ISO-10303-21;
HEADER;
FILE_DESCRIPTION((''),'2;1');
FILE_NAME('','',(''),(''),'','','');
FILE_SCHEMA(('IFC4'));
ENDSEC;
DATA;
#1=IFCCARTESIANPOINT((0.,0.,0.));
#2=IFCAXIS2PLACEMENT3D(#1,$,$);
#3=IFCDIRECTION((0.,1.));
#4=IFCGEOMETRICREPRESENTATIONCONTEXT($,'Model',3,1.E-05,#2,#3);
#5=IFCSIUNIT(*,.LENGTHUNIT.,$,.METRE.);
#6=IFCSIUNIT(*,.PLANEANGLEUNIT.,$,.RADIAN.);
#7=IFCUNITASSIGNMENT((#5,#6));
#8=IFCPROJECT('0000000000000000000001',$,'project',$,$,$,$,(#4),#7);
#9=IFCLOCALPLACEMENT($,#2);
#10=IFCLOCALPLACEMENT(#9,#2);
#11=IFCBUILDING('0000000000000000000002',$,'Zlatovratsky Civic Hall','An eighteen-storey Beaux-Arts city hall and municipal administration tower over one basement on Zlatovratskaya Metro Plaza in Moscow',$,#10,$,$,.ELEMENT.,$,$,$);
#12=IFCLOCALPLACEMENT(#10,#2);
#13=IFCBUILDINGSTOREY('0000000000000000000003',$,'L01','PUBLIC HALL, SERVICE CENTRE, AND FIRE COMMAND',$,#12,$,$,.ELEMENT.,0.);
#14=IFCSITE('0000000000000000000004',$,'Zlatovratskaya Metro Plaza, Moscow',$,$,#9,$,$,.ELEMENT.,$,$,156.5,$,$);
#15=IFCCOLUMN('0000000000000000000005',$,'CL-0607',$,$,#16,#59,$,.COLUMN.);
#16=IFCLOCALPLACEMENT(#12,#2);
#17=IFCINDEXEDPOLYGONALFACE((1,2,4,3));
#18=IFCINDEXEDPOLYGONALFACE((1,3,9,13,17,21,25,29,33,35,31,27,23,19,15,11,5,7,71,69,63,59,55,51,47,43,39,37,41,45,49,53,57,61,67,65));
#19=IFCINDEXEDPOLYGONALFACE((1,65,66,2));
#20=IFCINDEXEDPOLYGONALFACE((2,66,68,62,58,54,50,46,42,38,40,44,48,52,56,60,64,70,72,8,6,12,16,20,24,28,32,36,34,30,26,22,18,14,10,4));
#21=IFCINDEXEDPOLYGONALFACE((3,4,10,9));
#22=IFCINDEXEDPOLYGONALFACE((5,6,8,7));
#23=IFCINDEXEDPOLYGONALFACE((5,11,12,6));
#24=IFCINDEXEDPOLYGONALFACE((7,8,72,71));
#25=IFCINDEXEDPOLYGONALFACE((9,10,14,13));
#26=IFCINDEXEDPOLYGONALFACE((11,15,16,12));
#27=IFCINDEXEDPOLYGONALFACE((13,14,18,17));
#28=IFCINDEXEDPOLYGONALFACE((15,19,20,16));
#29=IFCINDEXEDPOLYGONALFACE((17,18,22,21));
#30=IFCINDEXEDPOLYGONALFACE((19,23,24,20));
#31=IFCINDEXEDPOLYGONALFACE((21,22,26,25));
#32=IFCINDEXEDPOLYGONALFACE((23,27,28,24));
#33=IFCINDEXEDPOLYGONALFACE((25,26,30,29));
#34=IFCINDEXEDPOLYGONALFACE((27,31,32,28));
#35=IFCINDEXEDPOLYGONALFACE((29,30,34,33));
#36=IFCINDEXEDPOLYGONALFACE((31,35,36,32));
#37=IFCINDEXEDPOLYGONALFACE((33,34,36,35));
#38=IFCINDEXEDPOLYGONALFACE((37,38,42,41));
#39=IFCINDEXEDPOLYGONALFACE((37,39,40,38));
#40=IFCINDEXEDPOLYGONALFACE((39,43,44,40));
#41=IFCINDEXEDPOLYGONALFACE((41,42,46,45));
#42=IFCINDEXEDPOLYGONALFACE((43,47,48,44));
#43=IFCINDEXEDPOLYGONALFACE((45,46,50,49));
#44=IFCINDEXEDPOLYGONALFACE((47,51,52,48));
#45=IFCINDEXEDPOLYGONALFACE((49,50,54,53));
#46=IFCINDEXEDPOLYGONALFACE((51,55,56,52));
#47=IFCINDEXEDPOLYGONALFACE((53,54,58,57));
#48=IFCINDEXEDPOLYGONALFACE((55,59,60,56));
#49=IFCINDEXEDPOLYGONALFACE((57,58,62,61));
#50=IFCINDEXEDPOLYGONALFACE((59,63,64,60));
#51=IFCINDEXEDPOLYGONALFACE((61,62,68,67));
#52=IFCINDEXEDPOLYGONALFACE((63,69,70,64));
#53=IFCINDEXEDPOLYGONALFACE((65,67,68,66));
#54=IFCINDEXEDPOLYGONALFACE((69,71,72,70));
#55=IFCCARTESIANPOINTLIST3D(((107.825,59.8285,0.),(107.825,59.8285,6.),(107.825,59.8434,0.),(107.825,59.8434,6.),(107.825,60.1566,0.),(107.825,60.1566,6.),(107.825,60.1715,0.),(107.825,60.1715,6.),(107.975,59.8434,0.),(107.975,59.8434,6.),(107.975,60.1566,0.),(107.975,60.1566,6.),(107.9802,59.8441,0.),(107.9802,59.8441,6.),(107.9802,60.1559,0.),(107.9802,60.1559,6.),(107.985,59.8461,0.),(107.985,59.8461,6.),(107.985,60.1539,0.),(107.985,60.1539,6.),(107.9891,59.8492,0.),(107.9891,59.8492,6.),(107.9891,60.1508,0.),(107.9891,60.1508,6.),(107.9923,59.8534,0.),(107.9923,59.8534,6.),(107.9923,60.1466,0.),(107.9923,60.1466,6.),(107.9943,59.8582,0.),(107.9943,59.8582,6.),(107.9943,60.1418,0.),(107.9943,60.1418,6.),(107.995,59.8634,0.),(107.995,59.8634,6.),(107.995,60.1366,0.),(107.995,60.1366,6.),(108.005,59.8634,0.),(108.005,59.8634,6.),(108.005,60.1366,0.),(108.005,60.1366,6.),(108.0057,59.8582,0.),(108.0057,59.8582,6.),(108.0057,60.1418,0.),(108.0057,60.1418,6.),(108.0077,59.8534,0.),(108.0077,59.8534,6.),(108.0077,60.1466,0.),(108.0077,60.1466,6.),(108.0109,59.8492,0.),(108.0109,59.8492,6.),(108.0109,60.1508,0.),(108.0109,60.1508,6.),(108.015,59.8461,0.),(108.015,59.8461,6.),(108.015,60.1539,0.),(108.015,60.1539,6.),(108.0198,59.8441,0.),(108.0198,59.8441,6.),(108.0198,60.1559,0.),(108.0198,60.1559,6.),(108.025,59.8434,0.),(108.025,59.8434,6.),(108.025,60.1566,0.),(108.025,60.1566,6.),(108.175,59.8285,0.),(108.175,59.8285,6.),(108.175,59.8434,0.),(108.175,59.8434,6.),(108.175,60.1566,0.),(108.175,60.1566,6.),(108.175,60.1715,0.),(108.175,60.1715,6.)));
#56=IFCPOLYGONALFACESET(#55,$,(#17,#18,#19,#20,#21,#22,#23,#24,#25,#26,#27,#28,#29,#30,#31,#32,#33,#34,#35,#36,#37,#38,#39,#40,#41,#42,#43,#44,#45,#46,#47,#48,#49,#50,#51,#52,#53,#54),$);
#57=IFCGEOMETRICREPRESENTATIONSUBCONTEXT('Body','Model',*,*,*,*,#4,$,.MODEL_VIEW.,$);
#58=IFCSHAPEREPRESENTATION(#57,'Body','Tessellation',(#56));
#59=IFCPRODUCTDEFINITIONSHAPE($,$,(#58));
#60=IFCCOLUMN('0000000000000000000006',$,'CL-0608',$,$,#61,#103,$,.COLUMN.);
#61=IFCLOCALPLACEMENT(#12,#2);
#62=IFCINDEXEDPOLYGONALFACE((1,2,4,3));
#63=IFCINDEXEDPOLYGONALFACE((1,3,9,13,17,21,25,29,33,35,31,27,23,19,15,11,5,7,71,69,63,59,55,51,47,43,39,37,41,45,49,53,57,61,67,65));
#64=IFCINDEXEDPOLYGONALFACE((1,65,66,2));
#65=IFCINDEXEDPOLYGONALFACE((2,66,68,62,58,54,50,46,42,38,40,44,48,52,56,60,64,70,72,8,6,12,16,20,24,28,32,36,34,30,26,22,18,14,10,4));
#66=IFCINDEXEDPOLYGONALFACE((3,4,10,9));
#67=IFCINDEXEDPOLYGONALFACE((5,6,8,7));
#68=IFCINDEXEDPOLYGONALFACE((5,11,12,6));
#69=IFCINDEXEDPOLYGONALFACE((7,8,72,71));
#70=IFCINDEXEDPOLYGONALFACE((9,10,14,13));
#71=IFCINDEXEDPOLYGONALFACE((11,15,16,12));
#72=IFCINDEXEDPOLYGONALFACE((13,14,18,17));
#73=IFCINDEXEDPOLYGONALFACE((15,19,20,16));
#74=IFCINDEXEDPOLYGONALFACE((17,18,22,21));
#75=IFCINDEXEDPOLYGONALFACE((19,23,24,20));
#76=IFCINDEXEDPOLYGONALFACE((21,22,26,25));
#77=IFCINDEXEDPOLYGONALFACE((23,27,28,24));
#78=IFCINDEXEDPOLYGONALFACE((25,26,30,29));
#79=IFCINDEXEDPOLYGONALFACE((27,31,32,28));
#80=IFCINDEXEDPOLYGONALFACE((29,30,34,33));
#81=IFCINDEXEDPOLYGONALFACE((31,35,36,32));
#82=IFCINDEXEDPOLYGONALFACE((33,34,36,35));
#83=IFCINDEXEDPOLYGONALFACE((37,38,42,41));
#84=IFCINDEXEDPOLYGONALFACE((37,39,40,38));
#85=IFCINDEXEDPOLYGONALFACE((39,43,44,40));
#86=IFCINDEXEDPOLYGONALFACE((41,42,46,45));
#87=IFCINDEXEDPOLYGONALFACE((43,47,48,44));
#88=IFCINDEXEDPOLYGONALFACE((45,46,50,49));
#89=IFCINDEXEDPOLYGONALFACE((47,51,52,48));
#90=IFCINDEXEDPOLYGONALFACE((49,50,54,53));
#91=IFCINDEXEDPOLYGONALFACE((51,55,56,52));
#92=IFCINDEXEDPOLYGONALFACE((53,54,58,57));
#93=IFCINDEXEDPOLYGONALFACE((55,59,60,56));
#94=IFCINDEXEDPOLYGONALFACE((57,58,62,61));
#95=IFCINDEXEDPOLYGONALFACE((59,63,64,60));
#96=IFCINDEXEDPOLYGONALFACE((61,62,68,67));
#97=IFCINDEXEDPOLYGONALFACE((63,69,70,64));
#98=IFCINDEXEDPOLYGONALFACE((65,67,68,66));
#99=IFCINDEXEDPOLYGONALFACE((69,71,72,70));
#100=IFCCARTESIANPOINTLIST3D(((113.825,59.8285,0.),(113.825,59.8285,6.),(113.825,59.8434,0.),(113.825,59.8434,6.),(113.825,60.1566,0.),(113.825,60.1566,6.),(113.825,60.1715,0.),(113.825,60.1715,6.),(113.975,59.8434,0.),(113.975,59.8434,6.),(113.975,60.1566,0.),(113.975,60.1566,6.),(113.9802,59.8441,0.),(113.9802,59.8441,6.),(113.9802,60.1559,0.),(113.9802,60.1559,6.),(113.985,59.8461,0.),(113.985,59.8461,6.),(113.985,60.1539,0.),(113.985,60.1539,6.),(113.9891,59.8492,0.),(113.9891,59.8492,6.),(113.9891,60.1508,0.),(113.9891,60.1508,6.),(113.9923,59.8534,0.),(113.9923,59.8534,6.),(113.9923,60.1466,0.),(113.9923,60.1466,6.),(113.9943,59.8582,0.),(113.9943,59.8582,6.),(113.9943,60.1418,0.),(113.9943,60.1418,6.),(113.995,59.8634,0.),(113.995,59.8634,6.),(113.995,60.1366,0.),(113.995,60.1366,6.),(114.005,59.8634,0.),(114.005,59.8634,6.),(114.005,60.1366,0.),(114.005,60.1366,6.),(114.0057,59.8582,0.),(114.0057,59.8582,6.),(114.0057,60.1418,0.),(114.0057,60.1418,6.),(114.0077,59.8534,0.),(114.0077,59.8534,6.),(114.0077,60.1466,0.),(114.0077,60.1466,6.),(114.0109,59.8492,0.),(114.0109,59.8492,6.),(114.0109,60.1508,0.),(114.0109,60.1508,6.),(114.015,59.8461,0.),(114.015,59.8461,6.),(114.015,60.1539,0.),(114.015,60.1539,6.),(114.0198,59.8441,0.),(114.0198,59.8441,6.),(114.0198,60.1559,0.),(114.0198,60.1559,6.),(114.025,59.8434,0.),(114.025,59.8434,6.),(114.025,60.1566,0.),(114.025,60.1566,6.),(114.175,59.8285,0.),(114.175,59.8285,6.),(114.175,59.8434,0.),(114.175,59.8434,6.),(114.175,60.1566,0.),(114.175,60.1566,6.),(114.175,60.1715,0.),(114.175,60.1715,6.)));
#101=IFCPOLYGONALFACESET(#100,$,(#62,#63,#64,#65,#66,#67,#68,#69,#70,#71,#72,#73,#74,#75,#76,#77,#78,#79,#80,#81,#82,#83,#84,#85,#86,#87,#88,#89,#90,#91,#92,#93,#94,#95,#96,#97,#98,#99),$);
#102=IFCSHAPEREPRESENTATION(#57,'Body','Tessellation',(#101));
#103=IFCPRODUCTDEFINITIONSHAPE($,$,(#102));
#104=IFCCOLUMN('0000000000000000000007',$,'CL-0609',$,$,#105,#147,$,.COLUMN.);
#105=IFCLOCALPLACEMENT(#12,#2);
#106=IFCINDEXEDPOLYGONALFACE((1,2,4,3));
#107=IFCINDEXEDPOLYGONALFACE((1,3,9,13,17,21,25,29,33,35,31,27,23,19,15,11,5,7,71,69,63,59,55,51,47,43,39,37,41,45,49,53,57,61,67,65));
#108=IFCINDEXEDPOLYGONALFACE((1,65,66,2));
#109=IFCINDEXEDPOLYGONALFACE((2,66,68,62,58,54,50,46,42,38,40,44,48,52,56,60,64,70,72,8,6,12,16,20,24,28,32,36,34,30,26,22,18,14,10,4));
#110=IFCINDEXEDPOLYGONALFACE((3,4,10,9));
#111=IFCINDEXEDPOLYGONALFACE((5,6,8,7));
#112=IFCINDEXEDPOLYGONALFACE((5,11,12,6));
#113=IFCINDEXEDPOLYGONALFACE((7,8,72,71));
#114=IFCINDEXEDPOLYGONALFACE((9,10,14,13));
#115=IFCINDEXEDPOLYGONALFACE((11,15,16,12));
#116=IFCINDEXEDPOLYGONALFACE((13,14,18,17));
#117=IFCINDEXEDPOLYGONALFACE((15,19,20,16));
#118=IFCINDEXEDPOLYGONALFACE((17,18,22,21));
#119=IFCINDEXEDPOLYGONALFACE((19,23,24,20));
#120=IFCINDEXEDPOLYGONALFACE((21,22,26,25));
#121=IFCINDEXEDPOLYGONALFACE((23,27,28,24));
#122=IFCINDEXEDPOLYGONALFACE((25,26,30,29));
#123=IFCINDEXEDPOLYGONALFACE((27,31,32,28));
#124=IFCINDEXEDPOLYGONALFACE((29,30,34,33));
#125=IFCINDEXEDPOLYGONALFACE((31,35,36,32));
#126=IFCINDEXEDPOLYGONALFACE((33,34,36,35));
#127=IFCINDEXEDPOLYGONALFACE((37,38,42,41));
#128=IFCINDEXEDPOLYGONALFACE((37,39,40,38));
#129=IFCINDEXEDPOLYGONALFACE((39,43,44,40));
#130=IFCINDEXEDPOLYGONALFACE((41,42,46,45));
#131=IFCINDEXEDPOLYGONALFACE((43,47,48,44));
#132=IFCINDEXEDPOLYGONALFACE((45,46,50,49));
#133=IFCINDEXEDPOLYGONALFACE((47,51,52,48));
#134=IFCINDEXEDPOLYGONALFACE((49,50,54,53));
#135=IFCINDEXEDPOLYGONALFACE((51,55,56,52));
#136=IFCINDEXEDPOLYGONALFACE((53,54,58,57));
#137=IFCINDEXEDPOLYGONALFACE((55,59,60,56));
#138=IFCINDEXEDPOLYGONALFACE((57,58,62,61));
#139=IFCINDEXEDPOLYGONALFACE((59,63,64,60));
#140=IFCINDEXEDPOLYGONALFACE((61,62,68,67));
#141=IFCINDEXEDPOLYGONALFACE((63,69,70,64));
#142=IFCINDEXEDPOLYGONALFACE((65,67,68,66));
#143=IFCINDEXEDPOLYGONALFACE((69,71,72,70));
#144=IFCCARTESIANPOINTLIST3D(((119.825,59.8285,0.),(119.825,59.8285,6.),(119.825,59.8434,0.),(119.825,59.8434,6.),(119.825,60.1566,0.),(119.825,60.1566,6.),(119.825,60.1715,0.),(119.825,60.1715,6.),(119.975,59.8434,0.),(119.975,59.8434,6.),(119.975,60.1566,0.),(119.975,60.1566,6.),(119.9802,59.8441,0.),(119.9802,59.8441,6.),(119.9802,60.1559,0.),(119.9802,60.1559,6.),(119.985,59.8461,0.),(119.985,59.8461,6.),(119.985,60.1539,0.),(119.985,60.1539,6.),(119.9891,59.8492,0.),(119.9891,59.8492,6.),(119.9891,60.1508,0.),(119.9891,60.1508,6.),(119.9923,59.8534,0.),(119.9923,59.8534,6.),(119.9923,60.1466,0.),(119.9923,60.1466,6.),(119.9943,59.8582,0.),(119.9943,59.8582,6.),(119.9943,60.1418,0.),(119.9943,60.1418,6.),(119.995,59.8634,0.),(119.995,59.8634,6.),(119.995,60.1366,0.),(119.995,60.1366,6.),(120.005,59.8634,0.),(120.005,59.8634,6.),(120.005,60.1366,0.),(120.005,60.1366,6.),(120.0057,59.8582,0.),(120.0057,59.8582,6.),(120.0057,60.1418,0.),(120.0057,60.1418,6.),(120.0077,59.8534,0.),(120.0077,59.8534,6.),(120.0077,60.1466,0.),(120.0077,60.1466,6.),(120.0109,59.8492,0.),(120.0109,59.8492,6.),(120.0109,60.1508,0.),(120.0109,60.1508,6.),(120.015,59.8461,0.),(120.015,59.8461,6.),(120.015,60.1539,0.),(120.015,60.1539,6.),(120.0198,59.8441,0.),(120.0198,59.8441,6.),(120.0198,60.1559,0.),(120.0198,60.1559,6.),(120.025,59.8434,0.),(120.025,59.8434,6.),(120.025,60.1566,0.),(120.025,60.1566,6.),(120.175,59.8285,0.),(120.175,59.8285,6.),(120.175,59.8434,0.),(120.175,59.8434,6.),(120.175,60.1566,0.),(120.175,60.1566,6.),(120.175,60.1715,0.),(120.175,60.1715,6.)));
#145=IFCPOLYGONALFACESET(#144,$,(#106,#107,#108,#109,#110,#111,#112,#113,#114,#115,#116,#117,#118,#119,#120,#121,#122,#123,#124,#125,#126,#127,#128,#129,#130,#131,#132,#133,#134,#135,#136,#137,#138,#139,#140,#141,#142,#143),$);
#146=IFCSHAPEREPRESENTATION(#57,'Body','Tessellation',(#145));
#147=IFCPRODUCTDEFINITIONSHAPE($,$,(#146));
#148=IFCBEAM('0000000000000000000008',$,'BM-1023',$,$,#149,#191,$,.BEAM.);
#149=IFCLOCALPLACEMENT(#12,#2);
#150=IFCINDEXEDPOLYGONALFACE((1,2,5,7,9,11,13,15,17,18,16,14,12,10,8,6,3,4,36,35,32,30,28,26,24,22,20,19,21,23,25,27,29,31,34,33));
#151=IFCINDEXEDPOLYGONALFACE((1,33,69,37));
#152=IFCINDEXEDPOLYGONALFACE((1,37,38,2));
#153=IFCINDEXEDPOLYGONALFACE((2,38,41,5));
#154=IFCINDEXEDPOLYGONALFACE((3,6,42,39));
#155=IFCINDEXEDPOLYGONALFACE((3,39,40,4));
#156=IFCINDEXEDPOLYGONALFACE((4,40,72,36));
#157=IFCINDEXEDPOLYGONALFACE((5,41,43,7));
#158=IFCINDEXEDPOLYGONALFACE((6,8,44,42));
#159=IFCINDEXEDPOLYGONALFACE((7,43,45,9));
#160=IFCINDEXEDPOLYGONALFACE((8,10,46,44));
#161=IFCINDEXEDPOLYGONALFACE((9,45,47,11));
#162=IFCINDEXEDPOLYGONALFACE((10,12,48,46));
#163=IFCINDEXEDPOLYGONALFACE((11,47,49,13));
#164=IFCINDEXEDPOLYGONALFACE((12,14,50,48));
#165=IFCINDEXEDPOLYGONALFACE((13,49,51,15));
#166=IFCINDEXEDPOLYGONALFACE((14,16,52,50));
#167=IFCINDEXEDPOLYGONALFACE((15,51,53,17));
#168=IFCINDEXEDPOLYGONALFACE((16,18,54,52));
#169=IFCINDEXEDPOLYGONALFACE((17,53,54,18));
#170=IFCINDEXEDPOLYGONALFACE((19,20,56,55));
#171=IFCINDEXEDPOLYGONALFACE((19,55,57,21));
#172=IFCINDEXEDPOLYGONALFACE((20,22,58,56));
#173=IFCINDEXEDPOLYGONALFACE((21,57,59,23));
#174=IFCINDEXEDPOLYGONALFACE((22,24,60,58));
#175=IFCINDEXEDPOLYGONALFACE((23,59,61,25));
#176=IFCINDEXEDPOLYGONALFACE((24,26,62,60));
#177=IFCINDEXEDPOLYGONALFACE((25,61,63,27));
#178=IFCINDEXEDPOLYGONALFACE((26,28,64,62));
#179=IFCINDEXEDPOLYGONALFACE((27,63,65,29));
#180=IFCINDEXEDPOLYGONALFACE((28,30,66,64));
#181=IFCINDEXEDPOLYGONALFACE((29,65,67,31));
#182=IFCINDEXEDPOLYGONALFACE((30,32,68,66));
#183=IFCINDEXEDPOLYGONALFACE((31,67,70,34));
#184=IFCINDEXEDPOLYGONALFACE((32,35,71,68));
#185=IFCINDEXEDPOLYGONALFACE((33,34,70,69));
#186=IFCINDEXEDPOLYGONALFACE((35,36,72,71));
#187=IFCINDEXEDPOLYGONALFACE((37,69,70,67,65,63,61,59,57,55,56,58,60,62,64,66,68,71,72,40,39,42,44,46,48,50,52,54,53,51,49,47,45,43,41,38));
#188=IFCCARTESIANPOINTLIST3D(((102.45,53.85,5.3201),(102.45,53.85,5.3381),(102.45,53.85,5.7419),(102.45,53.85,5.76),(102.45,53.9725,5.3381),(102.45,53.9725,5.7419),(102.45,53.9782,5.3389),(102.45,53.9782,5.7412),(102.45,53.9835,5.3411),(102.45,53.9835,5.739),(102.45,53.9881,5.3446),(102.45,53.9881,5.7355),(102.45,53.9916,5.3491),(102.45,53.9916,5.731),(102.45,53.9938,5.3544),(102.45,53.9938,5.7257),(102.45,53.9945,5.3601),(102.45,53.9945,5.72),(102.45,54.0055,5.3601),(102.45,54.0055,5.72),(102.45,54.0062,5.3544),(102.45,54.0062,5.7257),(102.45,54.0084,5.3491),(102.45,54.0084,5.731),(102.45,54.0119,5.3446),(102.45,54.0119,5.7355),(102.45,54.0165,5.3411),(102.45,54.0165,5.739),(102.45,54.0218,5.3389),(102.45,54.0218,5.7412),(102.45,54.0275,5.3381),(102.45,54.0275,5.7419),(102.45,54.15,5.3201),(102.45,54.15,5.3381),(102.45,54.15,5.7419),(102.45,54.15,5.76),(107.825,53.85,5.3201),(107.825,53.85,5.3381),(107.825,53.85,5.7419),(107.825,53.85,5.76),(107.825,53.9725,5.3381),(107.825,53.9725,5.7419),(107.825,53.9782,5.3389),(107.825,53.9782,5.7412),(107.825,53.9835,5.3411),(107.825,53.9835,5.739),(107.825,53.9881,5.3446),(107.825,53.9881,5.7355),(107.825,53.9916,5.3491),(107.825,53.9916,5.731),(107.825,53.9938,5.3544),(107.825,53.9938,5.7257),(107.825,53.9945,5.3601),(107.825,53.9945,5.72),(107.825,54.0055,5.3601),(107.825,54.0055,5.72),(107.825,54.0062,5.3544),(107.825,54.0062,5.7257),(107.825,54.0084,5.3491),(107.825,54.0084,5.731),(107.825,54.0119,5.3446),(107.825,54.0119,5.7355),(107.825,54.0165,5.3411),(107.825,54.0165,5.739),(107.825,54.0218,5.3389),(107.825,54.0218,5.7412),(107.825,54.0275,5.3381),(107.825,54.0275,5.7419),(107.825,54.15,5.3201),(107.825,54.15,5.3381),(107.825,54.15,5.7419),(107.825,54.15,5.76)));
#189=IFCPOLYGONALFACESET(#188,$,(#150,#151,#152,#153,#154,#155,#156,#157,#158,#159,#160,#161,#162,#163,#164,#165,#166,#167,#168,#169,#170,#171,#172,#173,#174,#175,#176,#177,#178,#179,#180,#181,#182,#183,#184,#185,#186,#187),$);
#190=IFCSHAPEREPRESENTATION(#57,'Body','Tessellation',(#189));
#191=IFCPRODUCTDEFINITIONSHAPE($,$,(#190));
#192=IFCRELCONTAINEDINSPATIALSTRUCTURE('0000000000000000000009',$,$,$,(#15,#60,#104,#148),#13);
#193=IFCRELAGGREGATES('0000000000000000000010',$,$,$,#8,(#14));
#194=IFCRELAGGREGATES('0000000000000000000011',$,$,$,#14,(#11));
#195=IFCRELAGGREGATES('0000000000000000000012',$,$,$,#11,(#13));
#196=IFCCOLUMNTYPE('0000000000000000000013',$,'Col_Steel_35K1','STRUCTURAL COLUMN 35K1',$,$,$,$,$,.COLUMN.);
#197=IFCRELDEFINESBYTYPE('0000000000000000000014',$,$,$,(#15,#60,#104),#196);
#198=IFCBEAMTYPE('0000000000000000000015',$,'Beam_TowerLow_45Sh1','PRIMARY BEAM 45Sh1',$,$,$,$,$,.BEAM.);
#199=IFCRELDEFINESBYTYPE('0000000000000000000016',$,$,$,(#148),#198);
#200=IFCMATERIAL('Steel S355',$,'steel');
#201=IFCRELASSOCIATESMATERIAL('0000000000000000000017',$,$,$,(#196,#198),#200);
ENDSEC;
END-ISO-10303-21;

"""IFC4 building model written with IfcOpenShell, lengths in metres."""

from ifc_helpers import new_model, si_unit, direction, frame, origin, origin_2d, place, context, subcontext, project, spatial, i_section, extrude, material, material_profile, profile_set, type_object, element, save


model = new_model("IFC4")

# Units and contexts
model_context = context("Model", 3, precision=1e-05, world=origin(), true_north=direction((0.0, 1.0)))
body_context = subcontext(model_context, "Body", "Model", "MODEL_VIEW")
ifc_project = project(units=[si_unit("LENGTHUNIT", "METRE"), si_unit("PLANEANGLEUNIT", "RADIAN")], contexts=[model_context])

# Site, building, storey
site_placement = place(None, origin())
site = spatial("IfcSite", under=ifc_project, at=site_placement, Name="Zlatovratskaya Metro Plaza, Moscow", CompositionType="ELEMENT", RefElevation=156.5)
building_placement = place(site_placement, origin())
building = spatial("IfcBuilding", under=site, at=building_placement, Name="Zlatovratsky Civic Hall", Description="An eighteen-storey Beaux-Arts city hall and municipal administration tower over one basement on Zlatovratskaya Metro Plaza in Moscow", CompositionType="ELEMENT")
storey_placement = place(building_placement, origin())
storey = spatial("IfcBuildingStorey", under=building, at=storey_placement, Name="L01", Description="PUBLIC HALL, SERVICE CENTRE, AND FIRE COMMAND", CompositionType="ELEMENT", Elevation=0.0)

# Columns
ifc_material_1 = material(Name="Steel S355", Category="steel")
ifc_material_profile_1 = material_profile(ifc_material_1, i_section(OverallWidth=0.3501, OverallDepth=0.343, WebThickness=0.01, FlangeThickness=0.0149, FilletRadius=0.02, at=origin_2d()), Name="35K1")
ifc_profile_set_1 = profile_set([ifc_material_profile_1], Name="Steel S355")
column_type_1 = type_object("IfcColumnType", Name="Col_Steel_35K1", Description="STRUCTURAL COLUMN 35K1", PredefinedType="COLUMN", material=ifc_profile_set_1)
for number, where, z_axis, x_axis, name in (
    (1, (108.0, 60.0, 0.0), (0.0, 0.0, 1.0), (1.0, 0.0, 0.0), "CL-0607"),
    (2, (114.0, 60.0, 0.0), (0.0, 0.0, 1.0), (1.0, 0.0, 0.0), "CL-0608"),
    (3, (120.0, 60.0, 0.0), (0.0, 0.0, 1.0), (1.0, 0.0, 0.0), "CL-0609"),
):
    element("IfcColumn", number, at=place(storey_placement, frame(where, z_axis=z_axis, x_axis=x_axis)), inside=storey, type_object=column_type_1, Name=name, PredefinedType="COLUMN", context=body_context, shape_type="SweptSolid", body=[
        extrude(i_section(OverallWidth=0.3501, OverallDepth=0.343, WebThickness=0.01, FlangeThickness=0.0149, FilletRadius=0.02, at=origin_2d()), origin(), (0.0, 0.0, 1.0), 6.0),
    ])

# Beam
ifc_material_profile_2 = material_profile(ifc_material_1, i_section(OverallWidth=0.3, OverallDepth=0.4399, WebThickness=0.011, FlangeThickness=0.0181, FilletRadius=0.022, at=origin_2d()), Name="45Sh1")
ifc_profile_set_2 = profile_set([ifc_material_profile_2], Name="Steel S355")
beam_type = type_object("IfcBeamType", Name="Beam_TowerLow_45Sh1", Description="PRIMARY BEAM 45Sh1", PredefinedType="BEAM", material=ifc_profile_set_2)
beam_1_placement = place(storey_placement, frame((102.45, 54.0, 5.54), z_axis=(1.0, 0.0, 0.0), x_axis=(0.0, 1.0, 0.0)))
element("IfcBeam", 4, at=beam_1_placement, inside=storey, type_object=beam_type, Name="BM-1023", PredefinedType="BEAM", context=body_context, shape_type="SweptSolid", body=[
    extrude(i_section(OverallWidth=0.3, OverallDepth=0.4399, WebThickness=0.011, FlangeThickness=0.0181, FilletRadius=0.022, at=origin_2d()), origin(), (0.0, 0.0, 1.0), 5.375),
])

save(model, "model.ifc")
